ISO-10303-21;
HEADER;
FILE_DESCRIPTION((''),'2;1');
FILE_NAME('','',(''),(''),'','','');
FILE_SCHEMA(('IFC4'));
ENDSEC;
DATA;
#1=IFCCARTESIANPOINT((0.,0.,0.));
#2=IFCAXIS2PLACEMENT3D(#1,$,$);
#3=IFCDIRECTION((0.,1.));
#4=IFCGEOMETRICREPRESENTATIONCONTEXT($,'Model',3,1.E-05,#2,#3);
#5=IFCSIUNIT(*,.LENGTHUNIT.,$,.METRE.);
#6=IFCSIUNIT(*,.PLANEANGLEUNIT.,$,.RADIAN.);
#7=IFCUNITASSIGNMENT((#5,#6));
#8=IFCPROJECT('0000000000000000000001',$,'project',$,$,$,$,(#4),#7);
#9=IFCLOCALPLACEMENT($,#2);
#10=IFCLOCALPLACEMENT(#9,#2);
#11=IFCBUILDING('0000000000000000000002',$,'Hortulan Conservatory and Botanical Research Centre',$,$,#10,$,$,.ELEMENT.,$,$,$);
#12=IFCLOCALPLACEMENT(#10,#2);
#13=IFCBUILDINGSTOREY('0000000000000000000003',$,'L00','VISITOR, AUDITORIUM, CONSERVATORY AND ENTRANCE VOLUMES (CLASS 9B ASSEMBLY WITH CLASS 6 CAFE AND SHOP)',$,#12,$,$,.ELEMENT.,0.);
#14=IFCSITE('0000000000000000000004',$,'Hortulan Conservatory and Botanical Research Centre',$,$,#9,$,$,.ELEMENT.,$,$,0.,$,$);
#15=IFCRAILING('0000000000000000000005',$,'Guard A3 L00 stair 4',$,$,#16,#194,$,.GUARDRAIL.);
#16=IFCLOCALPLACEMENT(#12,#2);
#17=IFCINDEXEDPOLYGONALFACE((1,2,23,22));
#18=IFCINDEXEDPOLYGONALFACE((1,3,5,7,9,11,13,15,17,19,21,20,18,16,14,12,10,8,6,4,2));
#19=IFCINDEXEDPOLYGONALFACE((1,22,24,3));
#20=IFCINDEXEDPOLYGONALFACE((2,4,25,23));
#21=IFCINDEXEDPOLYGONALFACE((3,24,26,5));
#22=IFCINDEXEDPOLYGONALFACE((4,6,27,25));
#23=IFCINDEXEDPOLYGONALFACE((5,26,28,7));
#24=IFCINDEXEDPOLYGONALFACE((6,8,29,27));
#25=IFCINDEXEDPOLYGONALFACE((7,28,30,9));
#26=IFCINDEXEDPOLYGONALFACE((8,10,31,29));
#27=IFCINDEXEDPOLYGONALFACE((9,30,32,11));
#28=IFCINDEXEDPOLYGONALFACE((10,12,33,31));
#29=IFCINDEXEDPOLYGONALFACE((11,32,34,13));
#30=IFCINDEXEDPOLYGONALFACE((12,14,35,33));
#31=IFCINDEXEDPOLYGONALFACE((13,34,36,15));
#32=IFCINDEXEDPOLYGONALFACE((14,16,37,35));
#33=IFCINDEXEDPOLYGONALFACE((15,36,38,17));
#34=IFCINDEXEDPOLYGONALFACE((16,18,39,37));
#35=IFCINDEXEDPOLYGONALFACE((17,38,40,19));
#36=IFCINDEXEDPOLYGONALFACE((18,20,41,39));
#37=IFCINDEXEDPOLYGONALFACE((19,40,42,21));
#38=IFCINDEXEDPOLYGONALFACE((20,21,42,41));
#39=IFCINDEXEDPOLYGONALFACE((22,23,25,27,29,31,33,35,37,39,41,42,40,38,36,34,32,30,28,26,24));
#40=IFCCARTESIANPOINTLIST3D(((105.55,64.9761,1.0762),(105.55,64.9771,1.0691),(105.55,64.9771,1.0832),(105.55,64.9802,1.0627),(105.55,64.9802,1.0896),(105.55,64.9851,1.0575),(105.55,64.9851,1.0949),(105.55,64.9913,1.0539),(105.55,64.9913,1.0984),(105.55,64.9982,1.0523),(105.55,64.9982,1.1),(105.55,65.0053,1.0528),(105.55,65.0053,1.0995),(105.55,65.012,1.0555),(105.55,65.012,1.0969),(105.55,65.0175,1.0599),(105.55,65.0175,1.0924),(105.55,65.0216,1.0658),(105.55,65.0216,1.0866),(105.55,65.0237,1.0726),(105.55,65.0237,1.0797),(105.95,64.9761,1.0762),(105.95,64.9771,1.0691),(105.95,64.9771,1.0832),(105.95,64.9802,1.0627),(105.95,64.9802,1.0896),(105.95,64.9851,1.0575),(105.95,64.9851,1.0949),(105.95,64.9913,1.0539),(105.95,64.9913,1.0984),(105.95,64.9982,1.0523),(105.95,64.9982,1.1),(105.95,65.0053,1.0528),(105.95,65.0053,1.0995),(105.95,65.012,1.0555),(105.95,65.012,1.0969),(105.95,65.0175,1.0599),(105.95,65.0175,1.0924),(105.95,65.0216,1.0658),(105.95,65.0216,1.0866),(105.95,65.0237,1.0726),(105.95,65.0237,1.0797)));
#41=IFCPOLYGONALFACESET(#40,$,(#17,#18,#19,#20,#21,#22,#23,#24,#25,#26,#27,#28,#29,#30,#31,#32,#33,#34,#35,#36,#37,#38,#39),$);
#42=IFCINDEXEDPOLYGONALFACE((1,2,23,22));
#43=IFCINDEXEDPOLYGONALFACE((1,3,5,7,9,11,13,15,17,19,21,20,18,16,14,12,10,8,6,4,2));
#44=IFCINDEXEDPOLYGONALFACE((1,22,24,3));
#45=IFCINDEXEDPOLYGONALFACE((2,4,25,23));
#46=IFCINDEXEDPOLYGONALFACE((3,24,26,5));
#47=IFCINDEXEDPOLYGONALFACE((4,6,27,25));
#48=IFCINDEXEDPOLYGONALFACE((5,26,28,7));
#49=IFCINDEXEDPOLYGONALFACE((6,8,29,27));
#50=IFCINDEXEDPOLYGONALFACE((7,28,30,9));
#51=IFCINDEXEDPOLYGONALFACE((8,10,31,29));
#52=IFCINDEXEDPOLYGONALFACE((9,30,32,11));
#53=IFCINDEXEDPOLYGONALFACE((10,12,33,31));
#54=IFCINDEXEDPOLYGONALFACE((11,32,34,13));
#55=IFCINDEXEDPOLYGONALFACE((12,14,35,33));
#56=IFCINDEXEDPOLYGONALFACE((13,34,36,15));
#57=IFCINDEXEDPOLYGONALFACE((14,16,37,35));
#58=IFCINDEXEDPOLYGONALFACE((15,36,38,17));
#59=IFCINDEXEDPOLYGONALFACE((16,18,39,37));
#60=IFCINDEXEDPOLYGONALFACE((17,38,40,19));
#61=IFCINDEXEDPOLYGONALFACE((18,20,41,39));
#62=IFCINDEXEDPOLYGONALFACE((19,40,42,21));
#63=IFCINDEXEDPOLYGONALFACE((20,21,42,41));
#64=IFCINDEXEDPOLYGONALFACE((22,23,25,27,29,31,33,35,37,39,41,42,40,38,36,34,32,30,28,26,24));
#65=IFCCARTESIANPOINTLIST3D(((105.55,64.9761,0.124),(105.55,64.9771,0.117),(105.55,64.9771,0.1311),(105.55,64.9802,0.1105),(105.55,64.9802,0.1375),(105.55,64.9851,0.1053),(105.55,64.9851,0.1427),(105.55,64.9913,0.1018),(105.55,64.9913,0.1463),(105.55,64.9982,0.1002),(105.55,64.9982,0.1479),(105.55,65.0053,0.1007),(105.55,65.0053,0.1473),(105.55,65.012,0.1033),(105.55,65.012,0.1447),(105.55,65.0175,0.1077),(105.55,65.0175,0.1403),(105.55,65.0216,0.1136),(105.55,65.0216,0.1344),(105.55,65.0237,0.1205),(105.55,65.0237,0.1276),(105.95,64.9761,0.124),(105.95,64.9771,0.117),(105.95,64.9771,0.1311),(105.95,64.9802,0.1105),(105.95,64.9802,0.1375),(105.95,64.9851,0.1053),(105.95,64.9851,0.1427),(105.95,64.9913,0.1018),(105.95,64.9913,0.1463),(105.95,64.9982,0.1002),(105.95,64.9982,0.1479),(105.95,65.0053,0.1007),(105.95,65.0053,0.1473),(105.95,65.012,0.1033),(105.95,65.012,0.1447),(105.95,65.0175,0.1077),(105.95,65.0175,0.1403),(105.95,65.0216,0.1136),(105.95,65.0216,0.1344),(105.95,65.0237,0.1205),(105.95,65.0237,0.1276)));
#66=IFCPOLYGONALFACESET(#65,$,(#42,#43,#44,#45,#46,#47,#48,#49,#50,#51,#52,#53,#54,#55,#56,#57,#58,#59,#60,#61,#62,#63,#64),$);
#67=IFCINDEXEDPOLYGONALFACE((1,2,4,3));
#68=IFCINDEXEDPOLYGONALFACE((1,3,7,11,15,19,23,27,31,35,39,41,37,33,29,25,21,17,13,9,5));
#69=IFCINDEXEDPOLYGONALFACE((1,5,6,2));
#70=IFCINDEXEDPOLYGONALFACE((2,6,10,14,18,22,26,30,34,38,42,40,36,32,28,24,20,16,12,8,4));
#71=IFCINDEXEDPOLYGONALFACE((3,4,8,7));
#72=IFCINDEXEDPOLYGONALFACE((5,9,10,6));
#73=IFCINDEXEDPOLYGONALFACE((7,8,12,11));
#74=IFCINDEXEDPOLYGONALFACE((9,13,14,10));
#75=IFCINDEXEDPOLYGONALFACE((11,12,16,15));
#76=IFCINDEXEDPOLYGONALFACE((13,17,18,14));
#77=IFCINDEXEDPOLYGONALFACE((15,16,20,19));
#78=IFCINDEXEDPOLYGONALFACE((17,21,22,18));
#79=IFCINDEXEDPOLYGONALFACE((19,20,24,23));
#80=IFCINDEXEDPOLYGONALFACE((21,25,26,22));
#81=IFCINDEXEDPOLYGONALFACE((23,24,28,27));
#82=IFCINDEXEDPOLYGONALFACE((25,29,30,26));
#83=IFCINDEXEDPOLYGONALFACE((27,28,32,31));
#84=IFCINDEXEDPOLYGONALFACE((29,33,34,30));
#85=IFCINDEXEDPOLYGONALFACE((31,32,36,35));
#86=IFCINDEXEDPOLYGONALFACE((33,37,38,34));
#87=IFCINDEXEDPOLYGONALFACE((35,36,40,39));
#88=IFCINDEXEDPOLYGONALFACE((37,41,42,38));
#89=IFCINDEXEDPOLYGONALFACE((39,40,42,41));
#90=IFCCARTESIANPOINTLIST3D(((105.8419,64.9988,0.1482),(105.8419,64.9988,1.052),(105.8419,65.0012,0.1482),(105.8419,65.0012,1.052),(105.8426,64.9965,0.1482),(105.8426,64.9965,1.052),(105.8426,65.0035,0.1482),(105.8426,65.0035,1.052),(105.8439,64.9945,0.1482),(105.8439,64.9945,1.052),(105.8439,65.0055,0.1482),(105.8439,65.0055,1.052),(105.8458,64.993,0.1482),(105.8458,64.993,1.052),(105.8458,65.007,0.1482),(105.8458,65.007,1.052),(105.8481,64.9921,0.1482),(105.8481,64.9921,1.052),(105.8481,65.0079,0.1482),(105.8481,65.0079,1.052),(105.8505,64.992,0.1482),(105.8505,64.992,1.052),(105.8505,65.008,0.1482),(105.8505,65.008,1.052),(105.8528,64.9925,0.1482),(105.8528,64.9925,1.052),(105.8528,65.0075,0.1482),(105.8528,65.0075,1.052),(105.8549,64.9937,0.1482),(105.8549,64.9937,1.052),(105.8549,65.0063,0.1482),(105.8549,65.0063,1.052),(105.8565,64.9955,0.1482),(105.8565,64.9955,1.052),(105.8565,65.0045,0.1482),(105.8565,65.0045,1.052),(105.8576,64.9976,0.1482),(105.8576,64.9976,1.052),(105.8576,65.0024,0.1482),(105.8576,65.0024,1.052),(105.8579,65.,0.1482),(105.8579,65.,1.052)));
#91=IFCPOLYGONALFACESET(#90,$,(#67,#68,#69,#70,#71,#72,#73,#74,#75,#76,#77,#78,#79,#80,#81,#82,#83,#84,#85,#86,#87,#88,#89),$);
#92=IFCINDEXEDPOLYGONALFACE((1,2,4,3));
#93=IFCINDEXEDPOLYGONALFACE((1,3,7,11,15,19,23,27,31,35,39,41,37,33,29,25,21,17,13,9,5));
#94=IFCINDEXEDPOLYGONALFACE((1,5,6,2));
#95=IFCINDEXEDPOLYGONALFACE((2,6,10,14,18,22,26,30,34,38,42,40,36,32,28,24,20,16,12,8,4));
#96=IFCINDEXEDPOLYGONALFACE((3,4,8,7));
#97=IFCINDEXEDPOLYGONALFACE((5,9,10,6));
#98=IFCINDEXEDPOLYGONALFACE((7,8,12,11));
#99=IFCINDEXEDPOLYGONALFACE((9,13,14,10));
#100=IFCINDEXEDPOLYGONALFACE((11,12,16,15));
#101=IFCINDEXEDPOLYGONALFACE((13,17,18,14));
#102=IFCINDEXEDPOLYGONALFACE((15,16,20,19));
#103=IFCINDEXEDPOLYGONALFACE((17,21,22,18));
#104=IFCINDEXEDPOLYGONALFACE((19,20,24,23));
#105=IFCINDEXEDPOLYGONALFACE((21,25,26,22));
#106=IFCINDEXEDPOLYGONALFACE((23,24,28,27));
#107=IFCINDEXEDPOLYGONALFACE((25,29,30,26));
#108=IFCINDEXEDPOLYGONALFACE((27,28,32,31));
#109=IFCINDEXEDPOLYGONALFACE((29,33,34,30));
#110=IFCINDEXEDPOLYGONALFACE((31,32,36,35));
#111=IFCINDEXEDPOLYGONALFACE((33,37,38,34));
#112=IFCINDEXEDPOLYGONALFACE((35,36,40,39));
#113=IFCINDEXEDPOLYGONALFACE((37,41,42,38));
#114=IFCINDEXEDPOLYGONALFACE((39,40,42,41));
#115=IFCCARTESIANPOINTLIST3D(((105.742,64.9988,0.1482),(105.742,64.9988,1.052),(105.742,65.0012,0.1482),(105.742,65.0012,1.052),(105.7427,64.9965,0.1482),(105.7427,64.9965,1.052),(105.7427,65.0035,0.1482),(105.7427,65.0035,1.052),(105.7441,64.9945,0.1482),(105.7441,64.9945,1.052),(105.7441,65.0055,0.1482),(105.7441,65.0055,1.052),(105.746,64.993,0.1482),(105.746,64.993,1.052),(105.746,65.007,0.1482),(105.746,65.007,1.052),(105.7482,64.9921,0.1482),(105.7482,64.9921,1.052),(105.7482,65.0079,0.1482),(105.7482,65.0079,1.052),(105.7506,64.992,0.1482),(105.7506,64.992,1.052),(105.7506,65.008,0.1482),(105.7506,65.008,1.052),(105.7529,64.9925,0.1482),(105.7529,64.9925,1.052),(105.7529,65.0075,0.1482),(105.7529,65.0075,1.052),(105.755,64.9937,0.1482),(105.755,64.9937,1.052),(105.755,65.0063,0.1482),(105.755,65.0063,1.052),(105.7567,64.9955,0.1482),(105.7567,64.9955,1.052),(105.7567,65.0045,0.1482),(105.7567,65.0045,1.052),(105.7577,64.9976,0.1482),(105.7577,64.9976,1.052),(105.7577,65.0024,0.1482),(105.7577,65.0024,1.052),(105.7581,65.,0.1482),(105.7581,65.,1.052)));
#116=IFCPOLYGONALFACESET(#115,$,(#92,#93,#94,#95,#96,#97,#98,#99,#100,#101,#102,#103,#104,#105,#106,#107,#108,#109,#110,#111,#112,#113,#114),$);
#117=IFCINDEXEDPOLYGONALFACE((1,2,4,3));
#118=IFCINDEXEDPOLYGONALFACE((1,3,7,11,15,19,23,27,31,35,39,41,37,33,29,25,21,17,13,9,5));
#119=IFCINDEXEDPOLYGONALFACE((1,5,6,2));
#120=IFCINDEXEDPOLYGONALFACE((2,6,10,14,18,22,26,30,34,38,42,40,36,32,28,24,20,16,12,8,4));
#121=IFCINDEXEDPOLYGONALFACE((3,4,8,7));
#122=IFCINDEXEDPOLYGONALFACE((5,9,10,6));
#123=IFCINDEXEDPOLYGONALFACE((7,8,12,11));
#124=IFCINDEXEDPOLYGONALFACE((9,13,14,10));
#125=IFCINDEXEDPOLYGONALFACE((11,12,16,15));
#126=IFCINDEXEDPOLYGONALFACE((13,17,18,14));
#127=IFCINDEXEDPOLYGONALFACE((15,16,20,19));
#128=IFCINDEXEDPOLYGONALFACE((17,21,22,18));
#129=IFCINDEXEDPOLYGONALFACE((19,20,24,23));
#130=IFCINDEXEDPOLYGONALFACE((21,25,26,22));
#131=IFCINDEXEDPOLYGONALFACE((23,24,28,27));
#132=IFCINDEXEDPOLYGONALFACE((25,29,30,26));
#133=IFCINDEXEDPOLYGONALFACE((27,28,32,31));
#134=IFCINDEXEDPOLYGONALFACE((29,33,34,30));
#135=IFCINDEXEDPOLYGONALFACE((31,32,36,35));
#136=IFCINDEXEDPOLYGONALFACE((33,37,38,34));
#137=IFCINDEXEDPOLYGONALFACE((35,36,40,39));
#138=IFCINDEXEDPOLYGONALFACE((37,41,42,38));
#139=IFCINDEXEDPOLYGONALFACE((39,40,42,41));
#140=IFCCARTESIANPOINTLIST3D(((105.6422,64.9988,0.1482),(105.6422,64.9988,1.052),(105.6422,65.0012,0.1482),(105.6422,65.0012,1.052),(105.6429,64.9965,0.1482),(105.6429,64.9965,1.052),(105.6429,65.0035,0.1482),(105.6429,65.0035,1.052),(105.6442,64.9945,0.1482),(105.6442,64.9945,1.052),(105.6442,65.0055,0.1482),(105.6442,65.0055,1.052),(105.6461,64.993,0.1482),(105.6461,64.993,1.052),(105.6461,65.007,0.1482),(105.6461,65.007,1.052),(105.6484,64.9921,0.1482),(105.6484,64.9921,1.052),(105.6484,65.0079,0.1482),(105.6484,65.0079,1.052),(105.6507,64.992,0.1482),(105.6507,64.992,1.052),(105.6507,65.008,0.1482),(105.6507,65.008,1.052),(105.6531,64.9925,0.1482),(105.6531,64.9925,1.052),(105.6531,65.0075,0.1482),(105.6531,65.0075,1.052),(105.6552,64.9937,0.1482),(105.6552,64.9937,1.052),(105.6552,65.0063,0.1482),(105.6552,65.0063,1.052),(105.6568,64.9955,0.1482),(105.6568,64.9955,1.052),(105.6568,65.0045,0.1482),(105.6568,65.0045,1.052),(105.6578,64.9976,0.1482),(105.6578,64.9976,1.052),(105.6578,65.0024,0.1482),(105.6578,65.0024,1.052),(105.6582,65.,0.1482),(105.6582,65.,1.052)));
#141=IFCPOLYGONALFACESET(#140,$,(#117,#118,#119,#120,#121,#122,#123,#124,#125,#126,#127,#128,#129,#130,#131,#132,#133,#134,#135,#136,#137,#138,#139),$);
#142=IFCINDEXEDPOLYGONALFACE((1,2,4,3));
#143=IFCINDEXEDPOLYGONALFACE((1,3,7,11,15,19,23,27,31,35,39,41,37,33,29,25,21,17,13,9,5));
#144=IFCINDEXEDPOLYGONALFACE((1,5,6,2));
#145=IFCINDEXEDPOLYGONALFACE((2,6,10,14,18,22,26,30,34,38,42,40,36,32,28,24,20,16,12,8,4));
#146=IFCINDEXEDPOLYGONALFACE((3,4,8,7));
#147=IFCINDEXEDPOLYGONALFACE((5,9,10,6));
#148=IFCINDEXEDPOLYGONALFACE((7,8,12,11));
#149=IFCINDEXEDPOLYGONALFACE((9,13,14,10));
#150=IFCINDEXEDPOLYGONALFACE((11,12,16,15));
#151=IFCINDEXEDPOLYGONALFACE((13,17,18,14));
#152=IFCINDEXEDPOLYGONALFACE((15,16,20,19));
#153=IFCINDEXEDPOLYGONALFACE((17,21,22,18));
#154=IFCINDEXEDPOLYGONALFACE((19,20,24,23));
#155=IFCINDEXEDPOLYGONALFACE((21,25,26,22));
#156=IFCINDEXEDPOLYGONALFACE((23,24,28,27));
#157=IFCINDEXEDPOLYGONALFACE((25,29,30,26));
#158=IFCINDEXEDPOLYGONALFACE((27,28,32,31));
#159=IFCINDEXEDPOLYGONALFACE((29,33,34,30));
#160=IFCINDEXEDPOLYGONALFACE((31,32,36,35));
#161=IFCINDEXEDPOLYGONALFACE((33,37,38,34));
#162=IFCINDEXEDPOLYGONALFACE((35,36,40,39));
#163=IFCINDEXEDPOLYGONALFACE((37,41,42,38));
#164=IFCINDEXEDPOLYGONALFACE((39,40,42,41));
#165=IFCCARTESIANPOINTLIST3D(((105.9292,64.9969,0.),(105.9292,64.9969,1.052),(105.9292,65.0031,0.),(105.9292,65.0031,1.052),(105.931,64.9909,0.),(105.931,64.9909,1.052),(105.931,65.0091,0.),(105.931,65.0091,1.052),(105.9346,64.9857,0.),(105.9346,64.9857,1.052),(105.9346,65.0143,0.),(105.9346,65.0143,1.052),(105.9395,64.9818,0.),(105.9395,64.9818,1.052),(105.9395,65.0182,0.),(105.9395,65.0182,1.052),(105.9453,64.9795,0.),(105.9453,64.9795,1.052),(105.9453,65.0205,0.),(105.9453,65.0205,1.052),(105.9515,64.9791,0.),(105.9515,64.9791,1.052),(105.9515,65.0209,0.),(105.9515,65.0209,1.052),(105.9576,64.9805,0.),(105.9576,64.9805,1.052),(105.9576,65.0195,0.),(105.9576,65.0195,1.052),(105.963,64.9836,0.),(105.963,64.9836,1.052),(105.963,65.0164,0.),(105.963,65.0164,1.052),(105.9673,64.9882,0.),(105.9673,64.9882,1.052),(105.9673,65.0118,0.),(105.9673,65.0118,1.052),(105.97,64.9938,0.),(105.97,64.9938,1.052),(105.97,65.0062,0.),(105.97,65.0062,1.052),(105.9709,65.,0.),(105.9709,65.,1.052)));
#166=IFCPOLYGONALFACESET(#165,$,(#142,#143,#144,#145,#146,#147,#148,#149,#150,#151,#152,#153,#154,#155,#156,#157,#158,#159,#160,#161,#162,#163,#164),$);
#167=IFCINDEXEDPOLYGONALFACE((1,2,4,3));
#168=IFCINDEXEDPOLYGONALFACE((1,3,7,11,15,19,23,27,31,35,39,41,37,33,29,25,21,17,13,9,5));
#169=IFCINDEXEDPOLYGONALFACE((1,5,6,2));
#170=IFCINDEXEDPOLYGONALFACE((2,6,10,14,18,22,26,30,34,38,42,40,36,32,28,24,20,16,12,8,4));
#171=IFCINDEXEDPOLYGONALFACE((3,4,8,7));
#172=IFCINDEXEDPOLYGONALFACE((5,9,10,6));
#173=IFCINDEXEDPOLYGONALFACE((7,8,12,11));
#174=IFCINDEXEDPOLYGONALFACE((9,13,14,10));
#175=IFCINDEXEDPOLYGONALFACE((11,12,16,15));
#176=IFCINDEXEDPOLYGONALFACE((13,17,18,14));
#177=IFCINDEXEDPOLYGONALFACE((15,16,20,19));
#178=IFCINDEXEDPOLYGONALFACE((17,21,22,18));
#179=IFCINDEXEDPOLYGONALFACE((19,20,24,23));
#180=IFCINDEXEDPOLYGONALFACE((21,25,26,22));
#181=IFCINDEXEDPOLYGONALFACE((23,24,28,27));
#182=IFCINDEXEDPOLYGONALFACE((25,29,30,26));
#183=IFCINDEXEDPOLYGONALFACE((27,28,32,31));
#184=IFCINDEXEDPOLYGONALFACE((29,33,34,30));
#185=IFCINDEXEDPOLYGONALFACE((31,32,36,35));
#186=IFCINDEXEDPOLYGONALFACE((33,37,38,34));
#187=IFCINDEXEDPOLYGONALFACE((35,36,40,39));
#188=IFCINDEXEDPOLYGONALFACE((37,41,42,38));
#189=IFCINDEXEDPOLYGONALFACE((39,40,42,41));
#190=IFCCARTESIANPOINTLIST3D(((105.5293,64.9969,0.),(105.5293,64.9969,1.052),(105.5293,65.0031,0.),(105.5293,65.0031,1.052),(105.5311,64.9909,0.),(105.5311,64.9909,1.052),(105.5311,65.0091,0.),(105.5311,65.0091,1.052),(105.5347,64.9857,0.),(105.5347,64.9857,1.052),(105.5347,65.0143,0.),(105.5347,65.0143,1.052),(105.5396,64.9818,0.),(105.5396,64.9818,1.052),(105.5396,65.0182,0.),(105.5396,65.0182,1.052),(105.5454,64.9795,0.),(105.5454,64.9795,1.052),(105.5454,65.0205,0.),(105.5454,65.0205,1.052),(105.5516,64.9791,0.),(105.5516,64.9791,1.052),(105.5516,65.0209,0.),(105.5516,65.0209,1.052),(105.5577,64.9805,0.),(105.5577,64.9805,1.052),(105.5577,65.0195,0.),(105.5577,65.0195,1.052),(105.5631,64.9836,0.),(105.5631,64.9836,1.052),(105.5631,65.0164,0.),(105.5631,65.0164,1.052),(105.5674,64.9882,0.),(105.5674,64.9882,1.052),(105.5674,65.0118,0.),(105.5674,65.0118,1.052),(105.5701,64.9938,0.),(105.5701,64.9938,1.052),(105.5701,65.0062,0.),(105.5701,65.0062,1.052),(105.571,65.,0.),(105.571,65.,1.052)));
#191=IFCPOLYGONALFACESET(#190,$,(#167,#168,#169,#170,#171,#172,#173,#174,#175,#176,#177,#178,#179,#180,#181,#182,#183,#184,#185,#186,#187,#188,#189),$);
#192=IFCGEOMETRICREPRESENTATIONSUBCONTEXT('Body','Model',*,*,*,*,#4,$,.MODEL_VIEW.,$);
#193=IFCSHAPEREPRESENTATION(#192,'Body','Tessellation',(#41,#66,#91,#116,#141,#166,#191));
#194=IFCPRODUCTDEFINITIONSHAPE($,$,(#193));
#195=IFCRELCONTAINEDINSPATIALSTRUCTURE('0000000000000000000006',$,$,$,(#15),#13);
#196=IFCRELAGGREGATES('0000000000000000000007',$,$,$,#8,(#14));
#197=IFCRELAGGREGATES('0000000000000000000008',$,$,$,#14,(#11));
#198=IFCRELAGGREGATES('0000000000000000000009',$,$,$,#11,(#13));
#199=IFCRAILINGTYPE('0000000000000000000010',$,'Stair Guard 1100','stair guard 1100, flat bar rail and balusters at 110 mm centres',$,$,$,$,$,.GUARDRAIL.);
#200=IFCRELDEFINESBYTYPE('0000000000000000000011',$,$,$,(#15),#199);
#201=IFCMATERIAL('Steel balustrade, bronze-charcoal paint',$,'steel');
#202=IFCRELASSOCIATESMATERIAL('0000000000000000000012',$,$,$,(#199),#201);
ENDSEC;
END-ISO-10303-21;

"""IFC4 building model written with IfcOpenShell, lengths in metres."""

from ifc_helpers import new_model, si_unit, direction, frame, origin, origin_2d, place, context, subcontext, project, spatial, circle, extrude, material, type_object, element, save


model = new_model("IFC4")

# Units and contexts
model_context = context("Model", 3, precision=1e-05, world=origin(), true_north=direction((0.0, 1.0)))
body_context = subcontext(model_context, "Body", "Model", "MODEL_VIEW")
ifc_project = project(units=[si_unit("LENGTHUNIT", "METRE"), si_unit("PLANEANGLEUNIT", "RADIAN")], contexts=[model_context])

# Site, building, storey
site_placement = place(None, origin())
site = spatial("IfcSite", under=ifc_project, at=site_placement, Name="Hortulan Conservatory and Botanical Research Centre", CompositionType="ELEMENT", RefElevation=0.0)
building_placement = place(site_placement, origin())
building = spatial("IfcBuilding", under=site, at=building_placement, Name="Hortulan Conservatory and Botanical Research Centre", CompositionType="ELEMENT")
storey_placement = place(building_placement, origin())
storey = spatial("IfcBuildingStorey", under=building, at=storey_placement, Name="L00", Description="VISITOR, AUDITORIUM, CONSERVATORY AND ENTRANCE VOLUMES (CLASS 9B ASSEMBLY WITH CLASS 6 CAFE AND SHOP)", CompositionType="ELEMENT", Elevation=0.0)

# Railing
ifc_material_1 = material(Name="Steel balustrade, bronze-charcoal paint", Category="steel")
railing_type_1 = type_object("IfcRailingType", Name="Stair Guard 1100", Description="stair guard 1100, flat bar rail and balusters at 110 mm centres", PredefinedType="GUARDRAIL", material=ifc_material_1)
railing_1_placement = place(storey_placement, frame((105.95, 65.0, 0.0)))
element("IfcRailing", 1, at=railing_1_placement, inside=storey, type_object=railing_type_1, Name="Guard A3 L00 stair 4", PredefinedType="GUARDRAIL", context=body_context, shape_type="SweptSolid", body=[
    extrude(circle(Radius=0.0239, at=origin_2d()), frame((0.0, 0.0, 1.0762), z_axis=(-1.0, 0.0, 0.0), x_axis=(0.0, -1.0, 0.0)), (0.0, 0.0, 1.0), 0.3999),
    extrude(circle(Radius=0.0239, at=origin_2d()), frame((0.0, 0.0, 0.124), z_axis=(-1.0, 0.0, 0.0), x_axis=(0.0, -1.0, 0.0)), (0.0, 0.0, 1.0), 0.3999),
    extrude(circle(Radius=0.0081, at=origin_2d()), frame((-0.1001, 0.0, 0.1482)), (0.0, 0.0, 1.0), 0.9038),
    extrude(circle(Radius=0.0081, at=origin_2d()), frame((-0.2, 0.0, 0.1482)), (0.0, 0.0, 1.0), 0.9038),
    extrude(circle(Radius=0.0081, at=origin_2d()), frame((-0.2998, 0.0, 0.1482)), (0.0, 0.0, 1.0), 0.9038),
    extrude(circle(Radius=0.021, at=origin_2d()), origin(), (0.0, 0.0, 1.0), 1.052),
    extrude(circle(Radius=0.021, at=origin_2d()), frame((-0.3999, 0.0, 0.0)), (0.0, 0.0, 1.0), 1.052),
])

save(model, "model.ifc")
